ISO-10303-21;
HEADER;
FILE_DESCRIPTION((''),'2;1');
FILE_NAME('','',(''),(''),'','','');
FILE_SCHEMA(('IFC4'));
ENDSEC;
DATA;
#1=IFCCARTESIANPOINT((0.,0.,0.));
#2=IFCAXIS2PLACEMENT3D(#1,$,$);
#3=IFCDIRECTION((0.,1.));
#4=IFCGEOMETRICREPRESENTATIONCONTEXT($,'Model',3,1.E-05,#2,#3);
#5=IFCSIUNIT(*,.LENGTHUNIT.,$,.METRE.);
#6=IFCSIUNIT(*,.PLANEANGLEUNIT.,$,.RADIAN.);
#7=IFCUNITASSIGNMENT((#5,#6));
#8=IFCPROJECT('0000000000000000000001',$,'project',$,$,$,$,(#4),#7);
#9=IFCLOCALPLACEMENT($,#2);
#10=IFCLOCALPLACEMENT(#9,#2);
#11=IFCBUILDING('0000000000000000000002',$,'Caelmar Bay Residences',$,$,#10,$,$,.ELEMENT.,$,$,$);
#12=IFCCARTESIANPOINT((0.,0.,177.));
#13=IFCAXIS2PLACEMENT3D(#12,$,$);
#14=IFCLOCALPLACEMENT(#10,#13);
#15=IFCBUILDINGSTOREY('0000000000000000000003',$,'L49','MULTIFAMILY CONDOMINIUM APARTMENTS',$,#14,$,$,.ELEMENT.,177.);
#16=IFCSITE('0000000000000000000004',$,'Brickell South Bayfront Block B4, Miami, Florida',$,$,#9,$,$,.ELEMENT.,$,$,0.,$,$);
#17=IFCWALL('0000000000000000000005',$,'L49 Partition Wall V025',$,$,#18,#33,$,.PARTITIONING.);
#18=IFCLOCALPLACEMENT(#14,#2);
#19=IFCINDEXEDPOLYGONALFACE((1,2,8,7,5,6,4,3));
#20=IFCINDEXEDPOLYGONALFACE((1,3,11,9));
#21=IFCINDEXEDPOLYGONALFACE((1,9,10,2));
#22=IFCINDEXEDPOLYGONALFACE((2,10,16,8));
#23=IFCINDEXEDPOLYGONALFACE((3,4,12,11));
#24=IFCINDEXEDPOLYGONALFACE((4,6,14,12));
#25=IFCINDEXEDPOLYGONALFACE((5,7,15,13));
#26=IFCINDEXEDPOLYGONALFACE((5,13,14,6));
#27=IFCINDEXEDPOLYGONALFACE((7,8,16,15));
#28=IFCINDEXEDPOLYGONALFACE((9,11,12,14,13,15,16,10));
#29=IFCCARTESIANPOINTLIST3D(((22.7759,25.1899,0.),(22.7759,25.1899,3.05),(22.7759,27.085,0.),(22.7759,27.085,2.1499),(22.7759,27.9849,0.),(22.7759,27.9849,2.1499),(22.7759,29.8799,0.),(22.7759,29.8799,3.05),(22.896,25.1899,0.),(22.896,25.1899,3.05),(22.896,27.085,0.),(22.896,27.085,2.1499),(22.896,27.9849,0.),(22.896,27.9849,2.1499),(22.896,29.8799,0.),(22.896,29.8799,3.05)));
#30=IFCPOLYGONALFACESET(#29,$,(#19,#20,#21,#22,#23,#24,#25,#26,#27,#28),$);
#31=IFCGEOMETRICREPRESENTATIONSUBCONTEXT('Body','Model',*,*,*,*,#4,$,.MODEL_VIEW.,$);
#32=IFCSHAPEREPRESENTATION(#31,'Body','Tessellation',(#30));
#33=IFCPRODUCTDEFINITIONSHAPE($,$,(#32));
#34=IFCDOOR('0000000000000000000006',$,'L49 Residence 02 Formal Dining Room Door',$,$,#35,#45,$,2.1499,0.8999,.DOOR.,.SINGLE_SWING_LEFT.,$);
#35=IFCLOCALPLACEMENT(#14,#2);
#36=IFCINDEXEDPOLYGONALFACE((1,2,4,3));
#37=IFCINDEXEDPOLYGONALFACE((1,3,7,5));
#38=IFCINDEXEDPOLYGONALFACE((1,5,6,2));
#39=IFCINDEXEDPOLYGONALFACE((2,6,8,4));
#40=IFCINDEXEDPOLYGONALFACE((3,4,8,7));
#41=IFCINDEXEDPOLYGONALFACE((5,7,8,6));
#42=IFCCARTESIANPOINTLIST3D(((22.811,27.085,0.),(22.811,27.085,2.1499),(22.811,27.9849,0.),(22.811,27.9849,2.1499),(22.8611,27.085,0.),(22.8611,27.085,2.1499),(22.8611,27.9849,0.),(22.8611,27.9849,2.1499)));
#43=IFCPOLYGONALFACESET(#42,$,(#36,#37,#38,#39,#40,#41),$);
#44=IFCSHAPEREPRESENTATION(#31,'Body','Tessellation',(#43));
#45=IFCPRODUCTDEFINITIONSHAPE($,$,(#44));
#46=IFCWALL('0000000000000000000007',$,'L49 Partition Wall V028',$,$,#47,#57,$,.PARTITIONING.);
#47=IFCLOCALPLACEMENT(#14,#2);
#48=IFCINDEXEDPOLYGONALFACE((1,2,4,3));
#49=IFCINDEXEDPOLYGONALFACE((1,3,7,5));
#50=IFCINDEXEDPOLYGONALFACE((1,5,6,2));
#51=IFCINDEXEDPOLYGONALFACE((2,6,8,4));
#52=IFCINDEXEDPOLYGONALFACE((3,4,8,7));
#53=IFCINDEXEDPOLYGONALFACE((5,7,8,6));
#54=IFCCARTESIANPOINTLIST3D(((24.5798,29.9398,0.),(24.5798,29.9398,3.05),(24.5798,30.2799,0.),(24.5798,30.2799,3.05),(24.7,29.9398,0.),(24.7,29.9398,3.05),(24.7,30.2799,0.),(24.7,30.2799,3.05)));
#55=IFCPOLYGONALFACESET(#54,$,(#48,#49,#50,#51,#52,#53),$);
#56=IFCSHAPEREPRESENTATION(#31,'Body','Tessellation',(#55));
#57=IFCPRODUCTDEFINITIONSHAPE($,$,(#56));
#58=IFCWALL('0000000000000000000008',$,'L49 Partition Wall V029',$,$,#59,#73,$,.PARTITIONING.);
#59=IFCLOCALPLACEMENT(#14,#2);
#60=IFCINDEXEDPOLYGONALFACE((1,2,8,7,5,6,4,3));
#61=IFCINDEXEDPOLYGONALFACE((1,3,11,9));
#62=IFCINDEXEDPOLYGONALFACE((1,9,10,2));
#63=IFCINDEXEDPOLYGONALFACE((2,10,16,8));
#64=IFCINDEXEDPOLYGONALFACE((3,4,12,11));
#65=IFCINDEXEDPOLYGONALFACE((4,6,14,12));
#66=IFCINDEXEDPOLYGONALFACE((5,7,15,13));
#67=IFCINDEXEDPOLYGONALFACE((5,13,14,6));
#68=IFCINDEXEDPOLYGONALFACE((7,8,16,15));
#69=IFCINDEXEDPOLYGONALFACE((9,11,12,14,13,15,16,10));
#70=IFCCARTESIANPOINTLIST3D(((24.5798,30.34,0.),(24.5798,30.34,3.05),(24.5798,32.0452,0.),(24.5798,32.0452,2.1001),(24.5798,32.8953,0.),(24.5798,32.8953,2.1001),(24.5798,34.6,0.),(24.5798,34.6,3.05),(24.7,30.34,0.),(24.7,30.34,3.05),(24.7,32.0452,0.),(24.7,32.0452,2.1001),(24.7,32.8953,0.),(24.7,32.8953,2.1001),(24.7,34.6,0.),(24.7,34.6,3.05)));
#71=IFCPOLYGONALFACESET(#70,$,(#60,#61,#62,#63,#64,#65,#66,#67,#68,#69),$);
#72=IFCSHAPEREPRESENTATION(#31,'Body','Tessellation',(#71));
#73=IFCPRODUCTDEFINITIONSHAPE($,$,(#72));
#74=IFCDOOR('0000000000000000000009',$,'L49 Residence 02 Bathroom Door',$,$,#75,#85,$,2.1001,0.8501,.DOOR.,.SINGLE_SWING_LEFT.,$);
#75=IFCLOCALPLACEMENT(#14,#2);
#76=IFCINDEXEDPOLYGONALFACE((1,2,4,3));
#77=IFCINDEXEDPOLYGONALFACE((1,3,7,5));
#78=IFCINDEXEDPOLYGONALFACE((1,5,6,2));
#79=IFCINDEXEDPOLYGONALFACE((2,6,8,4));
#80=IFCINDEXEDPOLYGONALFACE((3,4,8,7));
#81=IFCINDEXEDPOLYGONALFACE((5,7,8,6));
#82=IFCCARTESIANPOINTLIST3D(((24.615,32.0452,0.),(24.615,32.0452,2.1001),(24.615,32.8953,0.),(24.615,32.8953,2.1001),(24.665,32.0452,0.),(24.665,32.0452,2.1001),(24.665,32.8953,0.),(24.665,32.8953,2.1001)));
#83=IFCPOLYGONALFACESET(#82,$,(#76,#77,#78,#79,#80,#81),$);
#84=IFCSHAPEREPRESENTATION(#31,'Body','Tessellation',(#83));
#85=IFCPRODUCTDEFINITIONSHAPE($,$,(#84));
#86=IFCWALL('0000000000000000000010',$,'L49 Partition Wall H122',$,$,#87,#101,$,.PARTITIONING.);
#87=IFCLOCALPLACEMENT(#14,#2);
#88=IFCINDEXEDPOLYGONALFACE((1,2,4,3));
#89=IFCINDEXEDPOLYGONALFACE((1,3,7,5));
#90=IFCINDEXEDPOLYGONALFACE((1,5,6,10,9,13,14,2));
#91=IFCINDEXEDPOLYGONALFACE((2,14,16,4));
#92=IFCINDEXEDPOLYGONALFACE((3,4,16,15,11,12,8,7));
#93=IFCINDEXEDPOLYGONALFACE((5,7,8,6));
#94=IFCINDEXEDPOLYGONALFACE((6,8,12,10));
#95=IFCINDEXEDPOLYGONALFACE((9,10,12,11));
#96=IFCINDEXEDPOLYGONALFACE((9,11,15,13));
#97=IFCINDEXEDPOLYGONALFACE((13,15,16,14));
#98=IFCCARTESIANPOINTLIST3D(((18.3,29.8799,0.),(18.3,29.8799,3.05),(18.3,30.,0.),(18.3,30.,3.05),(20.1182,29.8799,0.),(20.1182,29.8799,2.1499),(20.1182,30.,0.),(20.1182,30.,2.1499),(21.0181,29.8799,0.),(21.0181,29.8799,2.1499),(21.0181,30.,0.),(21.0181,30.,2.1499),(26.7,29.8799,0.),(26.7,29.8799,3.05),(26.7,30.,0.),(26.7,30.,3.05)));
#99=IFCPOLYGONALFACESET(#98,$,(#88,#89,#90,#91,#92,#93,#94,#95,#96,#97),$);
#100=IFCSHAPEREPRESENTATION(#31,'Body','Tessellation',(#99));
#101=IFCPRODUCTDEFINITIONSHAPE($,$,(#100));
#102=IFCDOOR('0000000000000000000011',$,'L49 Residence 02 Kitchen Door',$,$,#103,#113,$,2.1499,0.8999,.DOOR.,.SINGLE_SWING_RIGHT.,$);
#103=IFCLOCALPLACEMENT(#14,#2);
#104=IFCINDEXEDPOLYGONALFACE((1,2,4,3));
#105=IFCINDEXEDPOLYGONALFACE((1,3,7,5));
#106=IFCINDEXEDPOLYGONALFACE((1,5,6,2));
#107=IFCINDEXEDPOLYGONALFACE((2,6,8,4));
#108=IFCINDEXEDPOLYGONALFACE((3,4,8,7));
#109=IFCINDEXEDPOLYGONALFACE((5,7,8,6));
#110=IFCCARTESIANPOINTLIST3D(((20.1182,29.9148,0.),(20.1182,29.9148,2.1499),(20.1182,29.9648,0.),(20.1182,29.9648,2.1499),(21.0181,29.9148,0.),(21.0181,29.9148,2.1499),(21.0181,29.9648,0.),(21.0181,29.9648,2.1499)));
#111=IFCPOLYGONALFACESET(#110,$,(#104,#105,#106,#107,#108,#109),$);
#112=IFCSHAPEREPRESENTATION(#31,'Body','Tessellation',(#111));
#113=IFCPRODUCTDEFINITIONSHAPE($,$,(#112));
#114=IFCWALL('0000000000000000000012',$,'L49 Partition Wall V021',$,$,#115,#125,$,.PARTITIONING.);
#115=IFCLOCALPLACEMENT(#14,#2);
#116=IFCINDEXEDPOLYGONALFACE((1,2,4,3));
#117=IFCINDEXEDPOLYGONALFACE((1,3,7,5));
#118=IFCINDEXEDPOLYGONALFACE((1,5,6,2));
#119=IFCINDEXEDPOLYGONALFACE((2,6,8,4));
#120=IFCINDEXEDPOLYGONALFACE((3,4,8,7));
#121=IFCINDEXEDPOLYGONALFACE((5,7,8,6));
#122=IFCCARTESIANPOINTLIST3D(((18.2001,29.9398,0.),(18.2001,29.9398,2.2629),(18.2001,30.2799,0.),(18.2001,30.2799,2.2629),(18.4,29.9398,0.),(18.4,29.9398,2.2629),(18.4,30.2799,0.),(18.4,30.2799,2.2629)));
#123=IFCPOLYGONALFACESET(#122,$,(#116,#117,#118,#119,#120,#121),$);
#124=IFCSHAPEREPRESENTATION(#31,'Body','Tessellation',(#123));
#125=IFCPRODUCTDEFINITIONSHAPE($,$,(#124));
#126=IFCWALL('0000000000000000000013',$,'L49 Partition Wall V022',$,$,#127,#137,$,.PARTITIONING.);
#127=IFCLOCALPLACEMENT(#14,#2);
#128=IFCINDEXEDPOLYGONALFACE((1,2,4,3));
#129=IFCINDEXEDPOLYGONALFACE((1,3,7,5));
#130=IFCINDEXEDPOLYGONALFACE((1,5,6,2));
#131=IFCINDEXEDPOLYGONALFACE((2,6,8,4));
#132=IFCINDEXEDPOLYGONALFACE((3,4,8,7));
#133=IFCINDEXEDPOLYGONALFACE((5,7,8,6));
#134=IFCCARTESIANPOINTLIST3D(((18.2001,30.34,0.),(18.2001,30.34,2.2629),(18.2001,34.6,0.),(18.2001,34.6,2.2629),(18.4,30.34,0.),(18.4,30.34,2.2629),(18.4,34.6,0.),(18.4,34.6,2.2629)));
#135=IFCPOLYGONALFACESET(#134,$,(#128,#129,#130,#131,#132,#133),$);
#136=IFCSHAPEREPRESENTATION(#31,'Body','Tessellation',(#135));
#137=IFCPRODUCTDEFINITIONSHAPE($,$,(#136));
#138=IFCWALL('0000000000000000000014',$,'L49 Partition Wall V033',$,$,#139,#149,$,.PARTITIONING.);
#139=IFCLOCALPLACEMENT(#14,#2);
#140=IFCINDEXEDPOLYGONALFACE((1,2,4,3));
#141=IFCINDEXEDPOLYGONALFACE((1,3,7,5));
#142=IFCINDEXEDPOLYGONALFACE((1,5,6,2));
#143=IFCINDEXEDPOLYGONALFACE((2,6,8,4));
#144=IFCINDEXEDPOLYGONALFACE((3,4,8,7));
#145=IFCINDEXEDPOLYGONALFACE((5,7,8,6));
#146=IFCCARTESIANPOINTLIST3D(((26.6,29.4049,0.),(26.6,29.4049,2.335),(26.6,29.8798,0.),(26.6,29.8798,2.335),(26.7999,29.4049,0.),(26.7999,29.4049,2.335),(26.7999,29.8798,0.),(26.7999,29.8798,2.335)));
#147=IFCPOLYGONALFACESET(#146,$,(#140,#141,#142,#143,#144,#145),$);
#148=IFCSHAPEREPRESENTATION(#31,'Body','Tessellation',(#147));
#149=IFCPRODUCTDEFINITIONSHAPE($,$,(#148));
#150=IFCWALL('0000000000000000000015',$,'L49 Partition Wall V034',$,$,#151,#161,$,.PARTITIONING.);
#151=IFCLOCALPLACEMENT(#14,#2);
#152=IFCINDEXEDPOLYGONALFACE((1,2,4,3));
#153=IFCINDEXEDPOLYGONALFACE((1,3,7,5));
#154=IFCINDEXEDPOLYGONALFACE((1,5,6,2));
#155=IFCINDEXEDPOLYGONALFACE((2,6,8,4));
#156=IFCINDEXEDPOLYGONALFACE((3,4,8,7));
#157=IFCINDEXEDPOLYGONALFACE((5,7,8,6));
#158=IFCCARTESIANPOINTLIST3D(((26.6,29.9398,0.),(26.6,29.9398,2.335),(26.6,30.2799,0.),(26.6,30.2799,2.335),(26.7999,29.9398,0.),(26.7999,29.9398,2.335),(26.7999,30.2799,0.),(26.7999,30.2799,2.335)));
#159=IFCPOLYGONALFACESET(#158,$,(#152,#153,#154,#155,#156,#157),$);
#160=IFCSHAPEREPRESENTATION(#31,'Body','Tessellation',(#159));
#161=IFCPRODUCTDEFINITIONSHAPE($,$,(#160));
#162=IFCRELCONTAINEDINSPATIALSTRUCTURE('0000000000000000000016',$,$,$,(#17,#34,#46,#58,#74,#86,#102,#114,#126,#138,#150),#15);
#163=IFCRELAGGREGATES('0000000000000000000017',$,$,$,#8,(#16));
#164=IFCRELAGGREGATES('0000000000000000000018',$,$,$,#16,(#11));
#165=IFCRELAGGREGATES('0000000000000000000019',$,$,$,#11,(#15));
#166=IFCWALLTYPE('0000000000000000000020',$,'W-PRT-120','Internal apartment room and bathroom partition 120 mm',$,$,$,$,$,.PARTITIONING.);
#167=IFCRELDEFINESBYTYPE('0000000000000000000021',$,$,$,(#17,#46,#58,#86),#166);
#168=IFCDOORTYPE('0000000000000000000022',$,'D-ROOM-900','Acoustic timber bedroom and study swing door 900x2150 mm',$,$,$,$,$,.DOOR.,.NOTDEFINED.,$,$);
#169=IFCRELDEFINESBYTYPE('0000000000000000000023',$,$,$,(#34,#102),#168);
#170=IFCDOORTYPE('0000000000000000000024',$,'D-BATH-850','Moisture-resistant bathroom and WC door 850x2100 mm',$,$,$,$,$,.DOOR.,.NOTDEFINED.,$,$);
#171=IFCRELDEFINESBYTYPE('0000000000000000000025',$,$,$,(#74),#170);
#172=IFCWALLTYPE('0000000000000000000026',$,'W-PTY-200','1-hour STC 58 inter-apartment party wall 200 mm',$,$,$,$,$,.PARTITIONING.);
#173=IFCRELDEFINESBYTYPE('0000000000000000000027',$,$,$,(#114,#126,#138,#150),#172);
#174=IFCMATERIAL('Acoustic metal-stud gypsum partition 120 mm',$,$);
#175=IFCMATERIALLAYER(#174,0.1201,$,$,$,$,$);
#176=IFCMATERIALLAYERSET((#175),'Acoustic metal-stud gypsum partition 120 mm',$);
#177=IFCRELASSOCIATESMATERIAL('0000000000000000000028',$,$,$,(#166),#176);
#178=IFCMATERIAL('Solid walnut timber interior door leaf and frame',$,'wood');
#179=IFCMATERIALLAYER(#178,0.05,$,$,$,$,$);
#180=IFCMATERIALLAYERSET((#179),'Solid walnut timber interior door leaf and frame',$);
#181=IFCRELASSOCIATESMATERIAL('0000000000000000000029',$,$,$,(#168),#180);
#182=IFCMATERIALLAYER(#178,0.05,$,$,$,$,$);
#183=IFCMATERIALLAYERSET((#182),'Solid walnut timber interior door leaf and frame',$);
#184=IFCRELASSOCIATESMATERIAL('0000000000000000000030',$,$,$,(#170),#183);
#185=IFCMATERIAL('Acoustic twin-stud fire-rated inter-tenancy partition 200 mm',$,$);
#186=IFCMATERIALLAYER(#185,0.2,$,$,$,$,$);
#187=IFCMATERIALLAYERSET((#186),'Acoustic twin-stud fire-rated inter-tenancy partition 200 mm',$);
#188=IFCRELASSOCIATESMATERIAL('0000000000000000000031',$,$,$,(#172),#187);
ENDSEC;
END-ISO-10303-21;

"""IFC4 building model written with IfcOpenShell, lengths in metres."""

from ifc_helpers import new_model, si_unit, direction, frame, frame_2d, origin, place, context, subcontext, project, spatial, rectangle, extrude, material, layer, layer_set, type_object, element, fill, save


model = new_model("IFC4")

# Units and contexts
model_context = context("Model", 3, precision=1e-05, world=origin(), true_north=direction((0.0, 1.0)))
body_context = subcontext(model_context, "Body", "Model", "MODEL_VIEW")
ifc_project = project(units=[si_unit("LENGTHUNIT", "METRE"), si_unit("PLANEANGLEUNIT", "RADIAN")], contexts=[model_context])

# Site, building, storey
site_placement = place(None, origin())
site = spatial("IfcSite", under=ifc_project, at=site_placement, Name="Brickell South Bayfront Block B4, Miami, Florida", CompositionType="ELEMENT", RefElevation=0.0)
building_placement = place(site_placement, origin())
building = spatial("IfcBuilding", under=site, at=building_placement, Name="Caelmar Bay Residences", CompositionType="ELEMENT")
storey_placement = place(building_placement, frame((0.0, 0.0, 177.0)))
storey = spatial("IfcBuildingStorey", under=building, at=storey_placement, Name="L49", Description="MULTIFAMILY CONDOMINIUM APARTMENTS", CompositionType="ELEMENT", Elevation=177.0)

# Shared definitions
ifc_material_1 = material(Name="Acoustic metal-stud gypsum partition 120 mm")
ifc_layer_1 = layer(ifc_material_1, 0.1201)
ifc_layer_set_1 = layer_set([ifc_layer_1], Name="Acoustic metal-stud gypsum partition 120 mm")
wall_type_1 = type_object("IfcWallType", Name="W-PRT-120", Description="Internal apartment room and bathroom partition 120 mm", PredefinedType="PARTITIONING", material=ifc_layer_set_1)

# Wall, opening, door
wall_1_placement = place(storey_placement, frame((22.8359, 25.1899, 0.0), z_axis=(0.0, 0.0, 1.0), x_axis=(0.0, 1.0, 0.0)))
wall_1 = element("IfcWall", 1, at=wall_1_placement, inside=storey, type_object=wall_type_1, Name="L49 Partition Wall V025", PredefinedType="PARTITIONING", context=body_context, shape_type="SweptSolid", body=[
    extrude(rectangle(XDim=4.6899, YDim=0.1201, at=frame_2d((2.345, 0.0))), origin(), (0.0, 0.0, 1.0), 3.05),
])
opening_1_placement = place(wall_1_placement, frame((1.895, 0.0, 0.0)))
opening_1 = element("IfcOpeningElement", 2, at=opening_1_placement, cuts=wall_1, PredefinedType="OPENING", context=body_context, shape_type="SweptSolid", body=[
    extrude(rectangle(XDim=0.8999, YDim=2.1499, at=frame_2d((0.45, 1.075))), frame((0.0, 0.0701, 0.0), z_axis=(0.0, -1.0, 0.0), x_axis=(1.0, 0.0, 0.0)), (0.0, 0.0, 1.0), 0.1401),
])
ifc_material_2 = material(Name="Solid walnut timber interior door leaf and frame", Category="wood")
ifc_layer_2 = layer(ifc_material_2, 0.05)
ifc_layer_set_2 = layer_set([ifc_layer_2], Name="Solid walnut timber interior door leaf and frame")
door_type_1 = type_object("IfcDoorType", Name="D-ROOM-900", Description="Acoustic timber bedroom and study swing door 900x2150 mm", OperationType="NOTDEFINED", PredefinedType="DOOR", material=ifc_layer_set_2)
door_1_placement = place(opening_1_placement, origin())
door_1 = element("IfcDoor", 3, at=door_1_placement, inside=storey, type_object=door_type_1, Name="L49 Residence 02 Formal Dining Room Door", OperationType="SINGLE_SWING_LEFT", OverallHeight=2.1499, OverallWidth=0.8999, PredefinedType="DOOR", context=body_context, shape_type="SweptSolid", body=[
    extrude(rectangle(XDim=0.8999, YDim=2.1499, at=frame_2d((0.45, 1.075))), frame((0.0, 0.0249, 0.0), z_axis=(0.0, -1.0, 0.0), x_axis=(1.0, 0.0, 0.0)), (0.0, 0.0, 1.0), 0.05),
])
fill(opening_1, door_1)

# Wall
wall_2_placement = place(storey_placement, frame((24.6399, 29.9399, 0.0), z_axis=(0.0, 0.0, 1.0), x_axis=(0.0, 1.0, 0.0)))
element("IfcWall", 4, at=wall_2_placement, inside=storey, type_object=wall_type_1, Name="L49 Partition Wall V028", PredefinedType="PARTITIONING", context=body_context, shape_type="SweptSolid", body=[
    extrude(rectangle(XDim=0.3401, YDim=0.1201, at=frame_2d((0.1699, 0.0))), origin(), (0.0, 0.0, 1.0), 3.05),
])

# Walls, openings, doors
wall_3_placement = place(storey_placement, frame((24.6399, 30.3401, 0.0), z_axis=(0.0, 0.0, 1.0), x_axis=(0.0, 1.0, 0.0)))
wall_3 = element("IfcWall", 5, at=wall_3_placement, inside=storey, type_object=wall_type_1, Name="L49 Partition Wall V029", PredefinedType="PARTITIONING", context=body_context, shape_type="SweptSolid", body=[
    extrude(rectangle(XDim=4.26, YDim=0.1201, at=frame_2d((2.1299, 0.0))), origin(), (0.0, 0.0, 1.0), 3.05),
])
opening_2_placement = place(wall_3_placement, frame((1.7051, 0.0, 0.0)))
opening_2 = element("IfcOpeningElement", 6, at=opening_2_placement, cuts=wall_3, PredefinedType="OPENING", context=body_context, shape_type="SweptSolid", body=[
    extrude(rectangle(XDim=0.8501, YDim=2.1001, at=frame_2d((0.425, 1.05))), frame((0.0, 0.0701, 0.0), z_axis=(0.0, -1.0, 0.0), x_axis=(1.0, 0.0, 0.0)), (0.0, 0.0, 1.0), 0.1401),
])
ifc_layer_3 = layer(ifc_material_2, 0.05)
ifc_layer_set_3 = layer_set([ifc_layer_3], Name="Solid walnut timber interior door leaf and frame")
door_type_2 = type_object("IfcDoorType", Name="D-BATH-850", Description="Moisture-resistant bathroom and WC door 850x2100 mm", OperationType="NOTDEFINED", PredefinedType="DOOR", material=ifc_layer_set_3)
door_2_placement = place(opening_2_placement, origin())
door_2 = element("IfcDoor", 7, at=door_2_placement, inside=storey, type_object=door_type_2, Name="L49 Residence 02 Bathroom Door", OperationType="SINGLE_SWING_LEFT", OverallHeight=2.1001, OverallWidth=0.8501, PredefinedType="DOOR", context=body_context, shape_type="SweptSolid", body=[
    extrude(rectangle(XDim=0.8501, YDim=2.1001, at=frame_2d((0.425, 1.05))), frame((0.0, 0.0249, 0.0), z_axis=(0.0, -1.0, 0.0), x_axis=(1.0, 0.0, 0.0)), (0.0, 0.0, 1.0), 0.05),
])
fill(opening_2, door_2)
wall_4_placement = place(storey_placement, frame((18.3, 29.9399, 0.0), z_axis=(0.0, 0.0, 1.0), x_axis=(1.0, 0.0, 0.0)))
wall_4 = element("IfcWall", 8, at=wall_4_placement, inside=storey, type_object=wall_type_1, Name="L49 Partition Wall H122", PredefinedType="PARTITIONING", context=body_context, shape_type="SweptSolid", body=[
    extrude(rectangle(XDim=8.3999, YDim=0.1201, at=frame_2d((4.2, 0.0))), origin(), (0.0, 0.0, 1.0), 3.05),
])
opening_3_placement = place(wall_4_placement, frame((1.8181, 0.0, 0.0)))
opening_3 = element("IfcOpeningElement", 9, at=opening_3_placement, cuts=wall_4, PredefinedType="OPENING", context=body_context, shape_type="SweptSolid", body=[
    extrude(rectangle(XDim=0.8999, YDim=2.1499, at=frame_2d((0.45, 1.075))), frame((0.0, 0.0701, 0.0), z_axis=(0.0, -1.0, 0.0), x_axis=(1.0, 0.0, 0.0)), (0.0, 0.0, 1.0), 0.1401),
])
door_3_placement = place(opening_3_placement, origin())
door_3 = element("IfcDoor", 10, at=door_3_placement, inside=storey, type_object=door_type_1, Name="L49 Residence 02 Kitchen Door", OperationType="SINGLE_SWING_RIGHT", OverallHeight=2.1499, OverallWidth=0.8999, PredefinedType="DOOR", context=body_context, shape_type="SweptSolid", body=[
    extrude(rectangle(XDim=0.8999, YDim=2.1499, at=frame_2d((0.45, 1.075))), frame((0.0, 0.0249, 0.0), z_axis=(0.0, -1.0, 0.0), x_axis=(1.0, 0.0, 0.0)), (0.0, 0.0, 1.0), 0.05),
])
fill(opening_3, door_3)

# Walls
ifc_material_3 = material(Name="Acoustic twin-stud fire-rated inter-tenancy partition 200 mm")
ifc_layer_4 = layer(ifc_material_3, 0.2)
ifc_layer_set_4 = layer_set([ifc_layer_4], Name="Acoustic twin-stud fire-rated inter-tenancy partition 200 mm")
wall_type_2 = type_object("IfcWallType", Name="W-PTY-200", Description="1-hour STC 58 inter-apartment party wall 200 mm", PredefinedType="PARTITIONING", material=ifc_layer_set_4)
wall_5_placement = place(storey_placement, frame((18.3, 29.9399, 0.0), z_axis=(0.0, 0.0, 1.0), x_axis=(0.0, 1.0, 0.0)))
element("IfcWall", 11, at=wall_5_placement, inside=storey, type_object=wall_type_2, Name="L49 Partition Wall V021", PredefinedType="PARTITIONING", context=body_context, shape_type="SweptSolid", body=[
    extrude(rectangle(XDim=0.3401, YDim=0.2, at=frame_2d((0.1699, 0.0))), origin(), (0.0, 0.0, 1.0), 2.2629),
])
wall_6_placement = place(storey_placement, frame((18.3, 30.3401, 0.0), z_axis=(0.0, 0.0, 1.0), x_axis=(0.0, 1.0, 0.0)))
element("IfcWall", 12, at=wall_6_placement, inside=storey, type_object=wall_type_2, Name="L49 Partition Wall V022", PredefinedType="PARTITIONING", context=body_context, shape_type="SweptSolid", body=[
    extrude(rectangle(XDim=4.26, YDim=0.2, at=frame_2d((2.1299, 0.0))), origin(), (0.0, 0.0, 1.0), 2.2629),
])
wall_7_placement = place(storey_placement, frame((26.7, 29.405, 0.0), z_axis=(0.0, 0.0, 1.0), x_axis=(0.0, 1.0, 0.0)))
element("IfcWall", 13, at=wall_7_placement, inside=storey, type_object=wall_type_2, Name="L49 Partition Wall V033", PredefinedType="PARTITIONING", context=body_context, shape_type="SweptSolid", body=[
    extrude(rectangle(XDim=0.4749, YDim=0.2, at=frame_2d((0.2373, 0.0))), origin(), (0.0, 0.0, 1.0), 2.335),
])
wall_8_placement = place(storey_placement, frame((26.7, 29.9399, 0.0), z_axis=(0.0, 0.0, 1.0), x_axis=(0.0, 1.0, 0.0)))
element("IfcWall", 14, at=wall_8_placement, inside=storey, type_object=wall_type_2, Name="L49 Partition Wall V034", PredefinedType="PARTITIONING", context=body_context, shape_type="SweptSolid", body=[
    extrude(rectangle(XDim=0.3401, YDim=0.2, at=frame_2d((0.1699, 0.0))), origin(), (0.0, 0.0, 1.0), 2.335),
])

save(model, "model.ifc")
